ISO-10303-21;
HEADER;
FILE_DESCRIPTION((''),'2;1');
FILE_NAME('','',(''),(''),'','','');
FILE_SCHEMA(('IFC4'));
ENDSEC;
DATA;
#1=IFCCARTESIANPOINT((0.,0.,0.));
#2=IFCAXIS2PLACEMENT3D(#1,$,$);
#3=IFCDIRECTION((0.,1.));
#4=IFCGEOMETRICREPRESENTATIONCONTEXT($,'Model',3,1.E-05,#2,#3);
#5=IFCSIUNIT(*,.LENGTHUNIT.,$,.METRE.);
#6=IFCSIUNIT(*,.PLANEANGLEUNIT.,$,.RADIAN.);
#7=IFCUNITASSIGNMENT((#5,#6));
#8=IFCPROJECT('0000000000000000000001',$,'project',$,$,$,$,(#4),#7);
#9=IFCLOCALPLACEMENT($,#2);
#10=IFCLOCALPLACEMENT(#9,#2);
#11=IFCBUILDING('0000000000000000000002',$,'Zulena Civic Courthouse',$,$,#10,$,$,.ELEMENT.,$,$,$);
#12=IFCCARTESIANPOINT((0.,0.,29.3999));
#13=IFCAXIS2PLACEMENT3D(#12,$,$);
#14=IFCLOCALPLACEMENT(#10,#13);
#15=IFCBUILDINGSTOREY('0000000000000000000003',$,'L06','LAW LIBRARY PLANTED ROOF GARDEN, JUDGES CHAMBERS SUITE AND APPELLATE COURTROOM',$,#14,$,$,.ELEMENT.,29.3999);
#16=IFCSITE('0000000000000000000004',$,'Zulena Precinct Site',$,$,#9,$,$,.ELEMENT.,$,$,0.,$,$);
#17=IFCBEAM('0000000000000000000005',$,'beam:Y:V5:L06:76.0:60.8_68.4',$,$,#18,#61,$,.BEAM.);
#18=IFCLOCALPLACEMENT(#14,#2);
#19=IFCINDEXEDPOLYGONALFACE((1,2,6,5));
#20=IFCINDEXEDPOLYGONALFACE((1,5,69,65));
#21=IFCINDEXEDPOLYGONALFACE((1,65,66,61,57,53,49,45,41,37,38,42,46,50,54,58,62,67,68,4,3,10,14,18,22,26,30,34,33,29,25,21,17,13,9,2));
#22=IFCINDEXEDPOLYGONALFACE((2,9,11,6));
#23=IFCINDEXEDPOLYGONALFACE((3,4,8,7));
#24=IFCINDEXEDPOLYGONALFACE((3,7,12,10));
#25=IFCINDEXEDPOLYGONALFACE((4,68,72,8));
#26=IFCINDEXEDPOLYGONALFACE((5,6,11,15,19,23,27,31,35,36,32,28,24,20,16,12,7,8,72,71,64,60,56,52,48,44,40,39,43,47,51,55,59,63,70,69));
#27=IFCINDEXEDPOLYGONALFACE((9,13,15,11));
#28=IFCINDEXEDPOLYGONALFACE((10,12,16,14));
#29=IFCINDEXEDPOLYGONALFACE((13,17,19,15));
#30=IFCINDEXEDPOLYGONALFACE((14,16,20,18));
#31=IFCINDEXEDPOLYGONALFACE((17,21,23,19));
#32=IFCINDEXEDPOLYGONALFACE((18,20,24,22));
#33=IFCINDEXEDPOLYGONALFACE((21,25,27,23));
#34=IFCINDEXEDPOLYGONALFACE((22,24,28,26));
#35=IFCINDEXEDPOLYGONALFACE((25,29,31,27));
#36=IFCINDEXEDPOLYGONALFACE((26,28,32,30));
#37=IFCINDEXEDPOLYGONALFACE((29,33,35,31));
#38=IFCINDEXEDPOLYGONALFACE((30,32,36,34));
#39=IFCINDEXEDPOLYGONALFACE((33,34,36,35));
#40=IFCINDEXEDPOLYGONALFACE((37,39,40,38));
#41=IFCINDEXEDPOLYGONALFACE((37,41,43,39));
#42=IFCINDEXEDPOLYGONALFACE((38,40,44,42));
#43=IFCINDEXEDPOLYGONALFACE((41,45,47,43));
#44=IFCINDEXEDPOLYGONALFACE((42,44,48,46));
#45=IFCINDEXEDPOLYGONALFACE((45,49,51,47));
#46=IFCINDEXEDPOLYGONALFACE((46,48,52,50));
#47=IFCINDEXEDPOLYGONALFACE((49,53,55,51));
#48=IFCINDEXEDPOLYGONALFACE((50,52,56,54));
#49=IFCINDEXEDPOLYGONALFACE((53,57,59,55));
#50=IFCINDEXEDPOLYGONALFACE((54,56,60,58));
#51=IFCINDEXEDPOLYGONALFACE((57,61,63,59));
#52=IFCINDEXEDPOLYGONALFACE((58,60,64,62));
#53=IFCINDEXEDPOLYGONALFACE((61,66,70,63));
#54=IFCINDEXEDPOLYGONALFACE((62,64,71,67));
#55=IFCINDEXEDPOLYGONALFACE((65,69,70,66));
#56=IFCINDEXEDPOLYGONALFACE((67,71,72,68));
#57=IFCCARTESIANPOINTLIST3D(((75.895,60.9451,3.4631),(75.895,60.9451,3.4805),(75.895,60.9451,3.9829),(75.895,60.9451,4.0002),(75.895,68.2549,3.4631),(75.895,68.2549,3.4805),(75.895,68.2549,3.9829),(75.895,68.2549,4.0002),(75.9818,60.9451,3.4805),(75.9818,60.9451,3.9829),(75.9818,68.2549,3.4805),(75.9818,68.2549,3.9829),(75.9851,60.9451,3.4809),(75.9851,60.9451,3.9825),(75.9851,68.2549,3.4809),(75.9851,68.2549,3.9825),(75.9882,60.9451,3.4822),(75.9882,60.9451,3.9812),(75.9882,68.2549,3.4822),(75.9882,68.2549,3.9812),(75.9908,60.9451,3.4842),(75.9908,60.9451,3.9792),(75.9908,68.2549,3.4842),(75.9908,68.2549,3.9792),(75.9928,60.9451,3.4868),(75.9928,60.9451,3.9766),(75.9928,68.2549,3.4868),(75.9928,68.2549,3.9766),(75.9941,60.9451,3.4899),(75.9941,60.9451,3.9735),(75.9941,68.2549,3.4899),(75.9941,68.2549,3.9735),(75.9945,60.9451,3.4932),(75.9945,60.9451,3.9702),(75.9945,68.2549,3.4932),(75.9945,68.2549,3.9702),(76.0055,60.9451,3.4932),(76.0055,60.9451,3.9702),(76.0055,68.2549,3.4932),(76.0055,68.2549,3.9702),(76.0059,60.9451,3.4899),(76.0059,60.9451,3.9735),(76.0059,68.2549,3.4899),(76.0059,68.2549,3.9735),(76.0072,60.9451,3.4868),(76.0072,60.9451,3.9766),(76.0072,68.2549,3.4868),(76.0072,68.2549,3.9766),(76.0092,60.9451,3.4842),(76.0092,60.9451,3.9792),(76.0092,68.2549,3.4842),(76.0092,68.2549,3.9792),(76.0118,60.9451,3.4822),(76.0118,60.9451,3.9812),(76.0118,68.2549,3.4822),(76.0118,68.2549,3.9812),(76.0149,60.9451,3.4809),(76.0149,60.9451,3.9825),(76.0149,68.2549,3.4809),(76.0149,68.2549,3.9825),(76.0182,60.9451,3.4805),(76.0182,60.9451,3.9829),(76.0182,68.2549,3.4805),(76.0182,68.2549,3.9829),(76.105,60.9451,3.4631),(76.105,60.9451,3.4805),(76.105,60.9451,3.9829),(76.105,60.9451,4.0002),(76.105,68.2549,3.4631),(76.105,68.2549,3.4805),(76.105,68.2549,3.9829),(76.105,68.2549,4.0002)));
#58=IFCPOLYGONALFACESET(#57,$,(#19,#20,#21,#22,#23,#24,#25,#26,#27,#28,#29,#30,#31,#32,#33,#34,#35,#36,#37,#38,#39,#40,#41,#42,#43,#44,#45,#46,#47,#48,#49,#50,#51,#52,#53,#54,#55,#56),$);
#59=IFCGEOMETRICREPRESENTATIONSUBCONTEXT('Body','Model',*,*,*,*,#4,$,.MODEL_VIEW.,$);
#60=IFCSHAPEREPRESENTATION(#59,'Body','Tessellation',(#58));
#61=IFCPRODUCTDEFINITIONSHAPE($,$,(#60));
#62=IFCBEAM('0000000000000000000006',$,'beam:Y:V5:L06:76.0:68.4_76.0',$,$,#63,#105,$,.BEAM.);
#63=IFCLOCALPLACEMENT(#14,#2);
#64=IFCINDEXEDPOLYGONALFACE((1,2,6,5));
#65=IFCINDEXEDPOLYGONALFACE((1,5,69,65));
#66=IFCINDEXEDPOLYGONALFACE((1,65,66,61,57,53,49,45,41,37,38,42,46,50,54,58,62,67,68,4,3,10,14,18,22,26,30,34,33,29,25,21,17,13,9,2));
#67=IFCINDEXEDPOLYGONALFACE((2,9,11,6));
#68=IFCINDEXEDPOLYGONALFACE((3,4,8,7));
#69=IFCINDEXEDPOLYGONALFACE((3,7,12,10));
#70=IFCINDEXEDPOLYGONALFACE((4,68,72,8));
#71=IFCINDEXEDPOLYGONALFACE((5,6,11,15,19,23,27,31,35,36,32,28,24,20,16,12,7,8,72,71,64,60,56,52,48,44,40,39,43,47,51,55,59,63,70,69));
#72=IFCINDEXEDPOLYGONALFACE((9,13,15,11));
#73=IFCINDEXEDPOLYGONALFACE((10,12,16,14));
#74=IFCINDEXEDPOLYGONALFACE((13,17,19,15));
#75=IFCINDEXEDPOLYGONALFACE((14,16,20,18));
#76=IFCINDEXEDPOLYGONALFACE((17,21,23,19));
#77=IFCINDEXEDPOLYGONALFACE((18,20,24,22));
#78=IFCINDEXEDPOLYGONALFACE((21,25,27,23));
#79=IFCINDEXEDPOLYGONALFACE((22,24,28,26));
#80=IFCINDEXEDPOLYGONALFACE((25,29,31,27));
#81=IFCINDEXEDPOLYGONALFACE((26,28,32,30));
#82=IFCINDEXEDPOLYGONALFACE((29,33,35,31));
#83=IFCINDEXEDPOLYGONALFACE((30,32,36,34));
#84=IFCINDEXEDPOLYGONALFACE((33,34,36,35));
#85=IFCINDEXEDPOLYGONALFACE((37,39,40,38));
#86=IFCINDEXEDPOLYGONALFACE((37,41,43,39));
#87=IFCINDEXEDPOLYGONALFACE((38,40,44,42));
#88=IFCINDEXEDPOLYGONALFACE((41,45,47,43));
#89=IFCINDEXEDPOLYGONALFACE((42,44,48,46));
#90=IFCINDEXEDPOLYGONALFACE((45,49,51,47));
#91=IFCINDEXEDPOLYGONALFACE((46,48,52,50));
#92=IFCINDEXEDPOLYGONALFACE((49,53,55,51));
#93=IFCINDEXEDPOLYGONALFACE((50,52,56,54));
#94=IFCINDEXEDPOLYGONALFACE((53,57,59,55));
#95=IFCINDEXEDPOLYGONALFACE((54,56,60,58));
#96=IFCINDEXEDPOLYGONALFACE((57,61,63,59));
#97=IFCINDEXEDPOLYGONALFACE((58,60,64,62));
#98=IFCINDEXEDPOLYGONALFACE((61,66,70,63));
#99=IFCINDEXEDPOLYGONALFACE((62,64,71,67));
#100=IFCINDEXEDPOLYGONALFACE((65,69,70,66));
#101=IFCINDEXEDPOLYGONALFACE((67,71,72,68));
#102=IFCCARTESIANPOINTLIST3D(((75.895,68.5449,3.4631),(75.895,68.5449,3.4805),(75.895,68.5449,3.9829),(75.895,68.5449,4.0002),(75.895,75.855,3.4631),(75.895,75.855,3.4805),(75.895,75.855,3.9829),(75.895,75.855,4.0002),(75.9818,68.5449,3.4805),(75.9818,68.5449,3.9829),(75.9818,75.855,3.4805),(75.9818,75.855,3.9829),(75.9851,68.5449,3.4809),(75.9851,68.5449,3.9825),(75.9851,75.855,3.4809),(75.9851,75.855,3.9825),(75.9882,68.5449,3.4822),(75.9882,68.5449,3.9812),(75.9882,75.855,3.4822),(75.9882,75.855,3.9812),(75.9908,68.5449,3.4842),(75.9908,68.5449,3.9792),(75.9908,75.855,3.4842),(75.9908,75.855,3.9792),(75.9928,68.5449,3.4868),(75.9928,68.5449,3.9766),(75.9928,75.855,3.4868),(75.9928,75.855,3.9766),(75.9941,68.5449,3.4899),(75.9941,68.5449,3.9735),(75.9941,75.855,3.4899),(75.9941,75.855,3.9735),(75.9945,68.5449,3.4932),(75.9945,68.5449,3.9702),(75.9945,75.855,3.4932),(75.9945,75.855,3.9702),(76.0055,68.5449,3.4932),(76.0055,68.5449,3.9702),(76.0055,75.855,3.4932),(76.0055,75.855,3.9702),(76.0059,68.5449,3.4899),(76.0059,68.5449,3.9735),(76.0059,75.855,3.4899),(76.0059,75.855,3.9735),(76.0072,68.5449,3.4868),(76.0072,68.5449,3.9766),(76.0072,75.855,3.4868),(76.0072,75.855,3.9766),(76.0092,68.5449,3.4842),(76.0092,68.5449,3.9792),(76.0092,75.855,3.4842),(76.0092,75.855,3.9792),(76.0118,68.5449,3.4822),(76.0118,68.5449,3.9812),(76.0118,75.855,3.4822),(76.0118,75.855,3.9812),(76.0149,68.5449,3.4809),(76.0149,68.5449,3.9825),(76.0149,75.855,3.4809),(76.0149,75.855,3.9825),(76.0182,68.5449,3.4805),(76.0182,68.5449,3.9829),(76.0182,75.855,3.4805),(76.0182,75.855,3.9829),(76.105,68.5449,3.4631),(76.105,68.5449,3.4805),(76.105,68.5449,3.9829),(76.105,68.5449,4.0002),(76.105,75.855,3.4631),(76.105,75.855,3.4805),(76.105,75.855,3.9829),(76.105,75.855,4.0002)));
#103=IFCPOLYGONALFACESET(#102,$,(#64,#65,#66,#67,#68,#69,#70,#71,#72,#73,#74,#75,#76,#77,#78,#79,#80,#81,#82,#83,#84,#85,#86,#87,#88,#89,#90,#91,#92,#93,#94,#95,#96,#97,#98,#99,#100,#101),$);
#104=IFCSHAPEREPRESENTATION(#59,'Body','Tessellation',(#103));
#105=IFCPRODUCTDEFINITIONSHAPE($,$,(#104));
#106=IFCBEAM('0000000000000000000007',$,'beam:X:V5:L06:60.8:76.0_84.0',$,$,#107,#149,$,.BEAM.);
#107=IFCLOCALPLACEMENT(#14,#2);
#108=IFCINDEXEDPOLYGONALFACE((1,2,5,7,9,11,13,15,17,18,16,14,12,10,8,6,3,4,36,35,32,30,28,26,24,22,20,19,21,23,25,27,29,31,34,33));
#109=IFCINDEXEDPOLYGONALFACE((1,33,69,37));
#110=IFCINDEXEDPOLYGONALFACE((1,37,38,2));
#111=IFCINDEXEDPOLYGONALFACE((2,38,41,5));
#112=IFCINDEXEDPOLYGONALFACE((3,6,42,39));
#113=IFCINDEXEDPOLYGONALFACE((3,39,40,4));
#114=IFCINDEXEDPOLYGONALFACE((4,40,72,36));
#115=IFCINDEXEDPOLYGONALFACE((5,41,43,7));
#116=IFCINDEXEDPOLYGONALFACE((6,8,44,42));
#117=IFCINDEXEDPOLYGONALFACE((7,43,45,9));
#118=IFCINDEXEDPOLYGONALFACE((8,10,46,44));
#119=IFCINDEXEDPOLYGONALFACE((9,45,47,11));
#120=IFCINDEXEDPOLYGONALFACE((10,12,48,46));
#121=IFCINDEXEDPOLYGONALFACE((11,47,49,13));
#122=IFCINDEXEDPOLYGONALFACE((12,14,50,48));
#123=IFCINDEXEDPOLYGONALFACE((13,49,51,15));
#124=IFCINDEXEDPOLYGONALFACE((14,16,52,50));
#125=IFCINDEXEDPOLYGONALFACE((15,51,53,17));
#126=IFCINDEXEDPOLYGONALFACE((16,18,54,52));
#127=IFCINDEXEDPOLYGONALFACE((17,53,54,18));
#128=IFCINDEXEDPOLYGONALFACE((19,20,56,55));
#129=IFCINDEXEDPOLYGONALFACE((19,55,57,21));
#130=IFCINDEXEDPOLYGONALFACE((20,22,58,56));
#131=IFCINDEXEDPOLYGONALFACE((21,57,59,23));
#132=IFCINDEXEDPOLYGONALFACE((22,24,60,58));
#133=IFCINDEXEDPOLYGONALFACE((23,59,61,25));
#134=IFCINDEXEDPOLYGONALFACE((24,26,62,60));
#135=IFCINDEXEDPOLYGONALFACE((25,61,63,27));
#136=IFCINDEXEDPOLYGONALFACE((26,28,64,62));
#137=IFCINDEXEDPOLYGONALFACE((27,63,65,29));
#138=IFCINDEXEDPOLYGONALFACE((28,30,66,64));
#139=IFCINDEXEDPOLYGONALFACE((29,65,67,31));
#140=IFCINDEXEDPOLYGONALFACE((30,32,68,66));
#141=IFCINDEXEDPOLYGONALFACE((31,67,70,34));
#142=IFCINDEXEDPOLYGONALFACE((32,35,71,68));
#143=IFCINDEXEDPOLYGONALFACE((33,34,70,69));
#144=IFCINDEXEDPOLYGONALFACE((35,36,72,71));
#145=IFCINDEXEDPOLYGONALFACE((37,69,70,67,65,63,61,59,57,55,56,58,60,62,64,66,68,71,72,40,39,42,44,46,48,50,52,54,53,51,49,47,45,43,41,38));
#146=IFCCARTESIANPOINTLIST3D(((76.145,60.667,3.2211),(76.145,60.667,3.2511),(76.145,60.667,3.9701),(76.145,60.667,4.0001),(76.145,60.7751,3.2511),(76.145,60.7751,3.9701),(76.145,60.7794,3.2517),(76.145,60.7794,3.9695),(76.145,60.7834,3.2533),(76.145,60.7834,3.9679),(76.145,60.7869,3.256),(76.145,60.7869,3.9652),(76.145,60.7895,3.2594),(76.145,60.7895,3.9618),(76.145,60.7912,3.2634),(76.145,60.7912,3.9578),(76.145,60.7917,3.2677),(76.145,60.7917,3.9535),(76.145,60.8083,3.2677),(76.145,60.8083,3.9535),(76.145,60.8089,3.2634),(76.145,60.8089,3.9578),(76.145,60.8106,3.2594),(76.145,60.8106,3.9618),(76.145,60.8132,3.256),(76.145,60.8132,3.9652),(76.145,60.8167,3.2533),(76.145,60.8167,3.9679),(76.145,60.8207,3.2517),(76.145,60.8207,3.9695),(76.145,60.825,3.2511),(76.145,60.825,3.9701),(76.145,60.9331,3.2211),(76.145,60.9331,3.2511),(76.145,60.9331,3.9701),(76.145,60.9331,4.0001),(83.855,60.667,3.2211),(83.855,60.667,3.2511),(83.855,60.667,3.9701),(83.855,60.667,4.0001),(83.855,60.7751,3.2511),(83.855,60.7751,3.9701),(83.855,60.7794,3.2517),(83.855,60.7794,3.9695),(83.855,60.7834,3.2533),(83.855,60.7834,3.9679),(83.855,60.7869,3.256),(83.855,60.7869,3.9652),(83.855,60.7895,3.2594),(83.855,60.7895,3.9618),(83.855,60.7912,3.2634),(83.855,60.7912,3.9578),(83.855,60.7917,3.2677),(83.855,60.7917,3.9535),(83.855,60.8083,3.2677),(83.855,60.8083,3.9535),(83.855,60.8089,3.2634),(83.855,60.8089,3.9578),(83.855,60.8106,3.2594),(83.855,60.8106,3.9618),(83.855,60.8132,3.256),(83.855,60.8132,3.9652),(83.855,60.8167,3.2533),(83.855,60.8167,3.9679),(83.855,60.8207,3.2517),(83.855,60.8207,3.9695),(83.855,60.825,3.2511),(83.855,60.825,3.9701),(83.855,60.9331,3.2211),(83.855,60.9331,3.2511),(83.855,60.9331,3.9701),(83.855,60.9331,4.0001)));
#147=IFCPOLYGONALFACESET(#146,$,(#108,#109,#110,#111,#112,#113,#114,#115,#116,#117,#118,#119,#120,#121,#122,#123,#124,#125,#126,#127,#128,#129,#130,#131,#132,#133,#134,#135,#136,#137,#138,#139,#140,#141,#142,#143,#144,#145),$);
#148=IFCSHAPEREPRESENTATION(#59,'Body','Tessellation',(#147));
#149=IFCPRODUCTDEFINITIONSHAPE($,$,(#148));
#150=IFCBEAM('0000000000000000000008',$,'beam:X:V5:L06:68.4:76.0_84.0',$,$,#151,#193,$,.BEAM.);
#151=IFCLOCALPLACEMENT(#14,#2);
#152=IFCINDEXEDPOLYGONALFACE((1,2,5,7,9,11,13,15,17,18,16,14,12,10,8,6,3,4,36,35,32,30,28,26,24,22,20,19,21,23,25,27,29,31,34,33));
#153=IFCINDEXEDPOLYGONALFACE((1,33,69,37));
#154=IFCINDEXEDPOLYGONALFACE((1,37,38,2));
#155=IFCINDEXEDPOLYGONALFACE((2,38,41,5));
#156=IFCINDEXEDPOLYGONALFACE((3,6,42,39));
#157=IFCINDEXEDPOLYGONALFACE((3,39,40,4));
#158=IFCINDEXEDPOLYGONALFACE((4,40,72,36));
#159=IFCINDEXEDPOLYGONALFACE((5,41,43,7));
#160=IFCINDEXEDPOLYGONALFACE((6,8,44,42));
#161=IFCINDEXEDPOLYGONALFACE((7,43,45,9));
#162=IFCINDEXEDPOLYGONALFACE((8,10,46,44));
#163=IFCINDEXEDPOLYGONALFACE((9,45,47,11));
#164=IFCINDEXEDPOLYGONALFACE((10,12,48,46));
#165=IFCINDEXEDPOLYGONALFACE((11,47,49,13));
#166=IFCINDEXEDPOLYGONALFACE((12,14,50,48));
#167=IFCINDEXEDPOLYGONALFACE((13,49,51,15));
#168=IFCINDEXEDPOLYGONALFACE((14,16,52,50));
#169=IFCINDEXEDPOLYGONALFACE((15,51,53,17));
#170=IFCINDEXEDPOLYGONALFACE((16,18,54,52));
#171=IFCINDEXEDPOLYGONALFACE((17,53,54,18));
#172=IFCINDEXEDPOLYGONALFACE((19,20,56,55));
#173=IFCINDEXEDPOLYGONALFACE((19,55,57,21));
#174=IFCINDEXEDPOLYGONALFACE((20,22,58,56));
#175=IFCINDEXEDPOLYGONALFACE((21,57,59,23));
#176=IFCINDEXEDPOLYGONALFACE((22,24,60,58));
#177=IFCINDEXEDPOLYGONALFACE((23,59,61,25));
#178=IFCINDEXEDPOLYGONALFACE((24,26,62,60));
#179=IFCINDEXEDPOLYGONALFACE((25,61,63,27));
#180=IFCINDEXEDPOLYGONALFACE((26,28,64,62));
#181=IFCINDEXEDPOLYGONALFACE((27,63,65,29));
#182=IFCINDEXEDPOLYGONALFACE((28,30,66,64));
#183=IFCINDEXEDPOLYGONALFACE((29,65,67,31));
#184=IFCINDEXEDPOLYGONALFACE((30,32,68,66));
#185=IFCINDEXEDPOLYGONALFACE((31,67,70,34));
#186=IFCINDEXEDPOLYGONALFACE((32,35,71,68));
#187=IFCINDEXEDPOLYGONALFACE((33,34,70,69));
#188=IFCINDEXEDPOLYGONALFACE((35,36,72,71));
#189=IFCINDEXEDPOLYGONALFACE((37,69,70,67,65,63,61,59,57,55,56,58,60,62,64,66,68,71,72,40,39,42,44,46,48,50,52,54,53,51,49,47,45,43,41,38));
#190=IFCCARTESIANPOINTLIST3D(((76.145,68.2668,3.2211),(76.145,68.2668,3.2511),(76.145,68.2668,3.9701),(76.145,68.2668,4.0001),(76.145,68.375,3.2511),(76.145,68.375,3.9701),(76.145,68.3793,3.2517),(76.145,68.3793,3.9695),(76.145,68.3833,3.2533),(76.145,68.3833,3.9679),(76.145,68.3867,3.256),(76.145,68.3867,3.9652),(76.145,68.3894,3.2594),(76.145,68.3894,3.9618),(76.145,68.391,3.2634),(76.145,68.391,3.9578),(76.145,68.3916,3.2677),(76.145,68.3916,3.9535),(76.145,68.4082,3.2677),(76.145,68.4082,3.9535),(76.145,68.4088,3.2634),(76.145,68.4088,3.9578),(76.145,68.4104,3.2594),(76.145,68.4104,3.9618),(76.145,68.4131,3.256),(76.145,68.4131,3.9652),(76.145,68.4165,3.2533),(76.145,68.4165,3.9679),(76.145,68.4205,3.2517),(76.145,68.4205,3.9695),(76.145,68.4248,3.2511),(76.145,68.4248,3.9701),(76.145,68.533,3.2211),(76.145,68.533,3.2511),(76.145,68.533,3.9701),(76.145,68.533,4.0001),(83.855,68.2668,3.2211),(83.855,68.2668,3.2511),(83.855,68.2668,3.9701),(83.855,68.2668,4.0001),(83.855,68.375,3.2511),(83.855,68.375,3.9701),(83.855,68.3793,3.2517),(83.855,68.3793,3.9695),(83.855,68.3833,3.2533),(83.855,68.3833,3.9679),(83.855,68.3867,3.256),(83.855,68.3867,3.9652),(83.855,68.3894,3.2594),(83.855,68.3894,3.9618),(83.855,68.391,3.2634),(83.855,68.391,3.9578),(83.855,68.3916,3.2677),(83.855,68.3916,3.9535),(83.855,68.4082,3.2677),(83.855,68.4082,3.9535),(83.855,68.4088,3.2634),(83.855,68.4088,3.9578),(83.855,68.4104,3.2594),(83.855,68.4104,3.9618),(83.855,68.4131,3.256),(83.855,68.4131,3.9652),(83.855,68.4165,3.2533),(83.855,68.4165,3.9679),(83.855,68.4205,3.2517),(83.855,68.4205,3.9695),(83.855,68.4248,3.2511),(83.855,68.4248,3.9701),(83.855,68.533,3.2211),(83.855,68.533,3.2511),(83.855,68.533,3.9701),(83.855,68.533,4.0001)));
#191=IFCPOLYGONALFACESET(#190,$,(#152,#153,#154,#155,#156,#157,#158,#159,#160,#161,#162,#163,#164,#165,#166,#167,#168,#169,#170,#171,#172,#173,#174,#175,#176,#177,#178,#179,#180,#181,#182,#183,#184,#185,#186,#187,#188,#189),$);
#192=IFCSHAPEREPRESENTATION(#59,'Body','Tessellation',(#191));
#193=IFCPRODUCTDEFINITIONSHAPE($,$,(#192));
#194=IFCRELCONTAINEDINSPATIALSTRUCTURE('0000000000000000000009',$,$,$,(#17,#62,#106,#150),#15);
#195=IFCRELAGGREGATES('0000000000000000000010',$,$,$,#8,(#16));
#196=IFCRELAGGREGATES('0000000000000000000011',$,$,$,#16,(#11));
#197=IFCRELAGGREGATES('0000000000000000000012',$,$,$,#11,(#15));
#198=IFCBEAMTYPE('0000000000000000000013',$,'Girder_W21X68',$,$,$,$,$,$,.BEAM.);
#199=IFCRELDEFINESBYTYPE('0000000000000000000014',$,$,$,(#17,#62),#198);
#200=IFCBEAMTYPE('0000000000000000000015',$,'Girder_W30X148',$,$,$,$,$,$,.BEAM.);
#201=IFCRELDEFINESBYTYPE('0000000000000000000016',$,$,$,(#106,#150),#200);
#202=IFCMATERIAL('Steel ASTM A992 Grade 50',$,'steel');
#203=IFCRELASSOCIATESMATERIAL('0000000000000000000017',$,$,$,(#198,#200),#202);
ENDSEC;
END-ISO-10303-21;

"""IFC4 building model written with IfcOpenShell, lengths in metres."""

from ifc_helpers import new_model, si_unit, direction, frame, origin, origin_2d, place, context, subcontext, project, spatial, i_section, extrude, material, material_profile, profile_set, type_object, element, save


model = new_model("IFC4")

# Units and contexts
model_context = context("Model", 3, precision=1e-05, world=origin(), true_north=direction((0.0, 1.0)))
body_context = subcontext(model_context, "Body", "Model", "MODEL_VIEW")
ifc_project = project(units=[si_unit("LENGTHUNIT", "METRE"), si_unit("PLANEANGLEUNIT", "RADIAN")], contexts=[model_context])

# Site, building, storey
site_placement = place(None, origin())
site = spatial("IfcSite", under=ifc_project, at=site_placement, Name="Zulena Precinct Site", CompositionType="ELEMENT", RefElevation=0.0)
building_placement = place(site_placement, origin())
building = spatial("IfcBuilding", under=site, at=building_placement, Name="Zulena Civic Courthouse", CompositionType="ELEMENT")
storey_placement = place(building_placement, frame((0.0, 0.0, 29.3999)))
storey = spatial("IfcBuildingStorey", under=building, at=storey_placement, Name="L06", Description="LAW LIBRARY PLANTED ROOF GARDEN, JUDGES CHAMBERS SUITE AND APPELLATE COURTROOM", CompositionType="ELEMENT", Elevation=29.3999)

# Shared definitions
ifc_material_1 = material(Name="Steel ASTM A992 Grade 50", Category="steel")

# Beams
ifc_material_profile_1 = material_profile(ifc_material_1, i_section(OverallWidth=0.21, OverallDepth=0.5371, WebThickness=0.011, FlangeThickness=0.0173, FilletRadius=0.0127, at=origin_2d()), Name="W21X68")
ifc_profile_set_1 = profile_set([ifc_material_profile_1], Name="Steel ASTM A992 Grade 50")
beam_type_1 = type_object("IfcBeamType", Name="Girder_W21X68", PredefinedType="BEAM", material=ifc_profile_set_1)
beam_1_placement = place(storey_placement, frame((76.0, 60.9451, 3.7317), z_axis=(0.0, 1.0, 0.0), x_axis=(-1.0, 0.0, 0.0)))
element("IfcBeam", 1, at=beam_1_placement, inside=storey, type_object=beam_type_1, Name="beam:Y:V5:L06:76.0:60.8_68.4", PredefinedType="BEAM", context=body_context, shape_type="SweptSolid", body=[
    extrude(i_section(OverallWidth=0.21, OverallDepth=0.5371, WebThickness=0.011, FlangeThickness=0.0173, FilletRadius=0.0127, at=origin_2d()), origin(), (0.0, 0.0, 1.0), 7.3098),
])
beam_2_placement = place(storey_placement, frame((76.0, 68.5449, 3.7317), z_axis=(0.0, 1.0, 0.0), x_axis=(-1.0, 0.0, 0.0)))
element("IfcBeam", 2, at=beam_2_placement, inside=storey, type_object=beam_type_1, Name="beam:Y:V5:L06:76.0:68.4_76.0", PredefinedType="BEAM", context=body_context, shape_type="SweptSolid", body=[
    extrude(i_section(OverallWidth=0.21, OverallDepth=0.5371, WebThickness=0.011, FlangeThickness=0.0173, FilletRadius=0.0127, at=origin_2d()), origin(), (0.0, 0.0, 1.0), 7.3101),
])
ifc_material_profile_2 = material_profile(ifc_material_1, i_section(OverallWidth=0.2661, OverallDepth=0.7791, WebThickness=0.0166, FlangeThickness=0.03, FilletRadius=0.0166, at=origin_2d()), Name="W30X148")
ifc_profile_set_2 = profile_set([ifc_material_profile_2], Name="Steel ASTM A992 Grade 50")
beam_type_2 = type_object("IfcBeamType", Name="Girder_W30X148", PredefinedType="BEAM", material=ifc_profile_set_2)
for number, where, z_axis, x_axis, name in (
    (3, (76.145, 60.8, 3.6106), (1.0, 0.0, 0.0), (0.0, 1.0, 0.0), "beam:X:V5:L06:60.8:76.0_84.0"),
    (4, (76.145, 68.3999, 3.6106), (1.0, 0.0, 0.0), (0.0, 1.0, 0.0), "beam:X:V5:L06:68.4:76.0_84.0"),
):
    element("IfcBeam", number, at=place(storey_placement, frame(where, z_axis=z_axis, x_axis=x_axis)), inside=storey, type_object=beam_type_2, Name=name, PredefinedType="BEAM", context=body_context, shape_type="SweptSolid", body=[
        extrude(i_section(OverallWidth=0.2661, OverallDepth=0.7791, WebThickness=0.0166, FlangeThickness=0.03, FilletRadius=0.0166, at=origin_2d()), origin(), (0.0, 0.0, 1.0), 7.71),
    ])

save(model, "model.ifc")
